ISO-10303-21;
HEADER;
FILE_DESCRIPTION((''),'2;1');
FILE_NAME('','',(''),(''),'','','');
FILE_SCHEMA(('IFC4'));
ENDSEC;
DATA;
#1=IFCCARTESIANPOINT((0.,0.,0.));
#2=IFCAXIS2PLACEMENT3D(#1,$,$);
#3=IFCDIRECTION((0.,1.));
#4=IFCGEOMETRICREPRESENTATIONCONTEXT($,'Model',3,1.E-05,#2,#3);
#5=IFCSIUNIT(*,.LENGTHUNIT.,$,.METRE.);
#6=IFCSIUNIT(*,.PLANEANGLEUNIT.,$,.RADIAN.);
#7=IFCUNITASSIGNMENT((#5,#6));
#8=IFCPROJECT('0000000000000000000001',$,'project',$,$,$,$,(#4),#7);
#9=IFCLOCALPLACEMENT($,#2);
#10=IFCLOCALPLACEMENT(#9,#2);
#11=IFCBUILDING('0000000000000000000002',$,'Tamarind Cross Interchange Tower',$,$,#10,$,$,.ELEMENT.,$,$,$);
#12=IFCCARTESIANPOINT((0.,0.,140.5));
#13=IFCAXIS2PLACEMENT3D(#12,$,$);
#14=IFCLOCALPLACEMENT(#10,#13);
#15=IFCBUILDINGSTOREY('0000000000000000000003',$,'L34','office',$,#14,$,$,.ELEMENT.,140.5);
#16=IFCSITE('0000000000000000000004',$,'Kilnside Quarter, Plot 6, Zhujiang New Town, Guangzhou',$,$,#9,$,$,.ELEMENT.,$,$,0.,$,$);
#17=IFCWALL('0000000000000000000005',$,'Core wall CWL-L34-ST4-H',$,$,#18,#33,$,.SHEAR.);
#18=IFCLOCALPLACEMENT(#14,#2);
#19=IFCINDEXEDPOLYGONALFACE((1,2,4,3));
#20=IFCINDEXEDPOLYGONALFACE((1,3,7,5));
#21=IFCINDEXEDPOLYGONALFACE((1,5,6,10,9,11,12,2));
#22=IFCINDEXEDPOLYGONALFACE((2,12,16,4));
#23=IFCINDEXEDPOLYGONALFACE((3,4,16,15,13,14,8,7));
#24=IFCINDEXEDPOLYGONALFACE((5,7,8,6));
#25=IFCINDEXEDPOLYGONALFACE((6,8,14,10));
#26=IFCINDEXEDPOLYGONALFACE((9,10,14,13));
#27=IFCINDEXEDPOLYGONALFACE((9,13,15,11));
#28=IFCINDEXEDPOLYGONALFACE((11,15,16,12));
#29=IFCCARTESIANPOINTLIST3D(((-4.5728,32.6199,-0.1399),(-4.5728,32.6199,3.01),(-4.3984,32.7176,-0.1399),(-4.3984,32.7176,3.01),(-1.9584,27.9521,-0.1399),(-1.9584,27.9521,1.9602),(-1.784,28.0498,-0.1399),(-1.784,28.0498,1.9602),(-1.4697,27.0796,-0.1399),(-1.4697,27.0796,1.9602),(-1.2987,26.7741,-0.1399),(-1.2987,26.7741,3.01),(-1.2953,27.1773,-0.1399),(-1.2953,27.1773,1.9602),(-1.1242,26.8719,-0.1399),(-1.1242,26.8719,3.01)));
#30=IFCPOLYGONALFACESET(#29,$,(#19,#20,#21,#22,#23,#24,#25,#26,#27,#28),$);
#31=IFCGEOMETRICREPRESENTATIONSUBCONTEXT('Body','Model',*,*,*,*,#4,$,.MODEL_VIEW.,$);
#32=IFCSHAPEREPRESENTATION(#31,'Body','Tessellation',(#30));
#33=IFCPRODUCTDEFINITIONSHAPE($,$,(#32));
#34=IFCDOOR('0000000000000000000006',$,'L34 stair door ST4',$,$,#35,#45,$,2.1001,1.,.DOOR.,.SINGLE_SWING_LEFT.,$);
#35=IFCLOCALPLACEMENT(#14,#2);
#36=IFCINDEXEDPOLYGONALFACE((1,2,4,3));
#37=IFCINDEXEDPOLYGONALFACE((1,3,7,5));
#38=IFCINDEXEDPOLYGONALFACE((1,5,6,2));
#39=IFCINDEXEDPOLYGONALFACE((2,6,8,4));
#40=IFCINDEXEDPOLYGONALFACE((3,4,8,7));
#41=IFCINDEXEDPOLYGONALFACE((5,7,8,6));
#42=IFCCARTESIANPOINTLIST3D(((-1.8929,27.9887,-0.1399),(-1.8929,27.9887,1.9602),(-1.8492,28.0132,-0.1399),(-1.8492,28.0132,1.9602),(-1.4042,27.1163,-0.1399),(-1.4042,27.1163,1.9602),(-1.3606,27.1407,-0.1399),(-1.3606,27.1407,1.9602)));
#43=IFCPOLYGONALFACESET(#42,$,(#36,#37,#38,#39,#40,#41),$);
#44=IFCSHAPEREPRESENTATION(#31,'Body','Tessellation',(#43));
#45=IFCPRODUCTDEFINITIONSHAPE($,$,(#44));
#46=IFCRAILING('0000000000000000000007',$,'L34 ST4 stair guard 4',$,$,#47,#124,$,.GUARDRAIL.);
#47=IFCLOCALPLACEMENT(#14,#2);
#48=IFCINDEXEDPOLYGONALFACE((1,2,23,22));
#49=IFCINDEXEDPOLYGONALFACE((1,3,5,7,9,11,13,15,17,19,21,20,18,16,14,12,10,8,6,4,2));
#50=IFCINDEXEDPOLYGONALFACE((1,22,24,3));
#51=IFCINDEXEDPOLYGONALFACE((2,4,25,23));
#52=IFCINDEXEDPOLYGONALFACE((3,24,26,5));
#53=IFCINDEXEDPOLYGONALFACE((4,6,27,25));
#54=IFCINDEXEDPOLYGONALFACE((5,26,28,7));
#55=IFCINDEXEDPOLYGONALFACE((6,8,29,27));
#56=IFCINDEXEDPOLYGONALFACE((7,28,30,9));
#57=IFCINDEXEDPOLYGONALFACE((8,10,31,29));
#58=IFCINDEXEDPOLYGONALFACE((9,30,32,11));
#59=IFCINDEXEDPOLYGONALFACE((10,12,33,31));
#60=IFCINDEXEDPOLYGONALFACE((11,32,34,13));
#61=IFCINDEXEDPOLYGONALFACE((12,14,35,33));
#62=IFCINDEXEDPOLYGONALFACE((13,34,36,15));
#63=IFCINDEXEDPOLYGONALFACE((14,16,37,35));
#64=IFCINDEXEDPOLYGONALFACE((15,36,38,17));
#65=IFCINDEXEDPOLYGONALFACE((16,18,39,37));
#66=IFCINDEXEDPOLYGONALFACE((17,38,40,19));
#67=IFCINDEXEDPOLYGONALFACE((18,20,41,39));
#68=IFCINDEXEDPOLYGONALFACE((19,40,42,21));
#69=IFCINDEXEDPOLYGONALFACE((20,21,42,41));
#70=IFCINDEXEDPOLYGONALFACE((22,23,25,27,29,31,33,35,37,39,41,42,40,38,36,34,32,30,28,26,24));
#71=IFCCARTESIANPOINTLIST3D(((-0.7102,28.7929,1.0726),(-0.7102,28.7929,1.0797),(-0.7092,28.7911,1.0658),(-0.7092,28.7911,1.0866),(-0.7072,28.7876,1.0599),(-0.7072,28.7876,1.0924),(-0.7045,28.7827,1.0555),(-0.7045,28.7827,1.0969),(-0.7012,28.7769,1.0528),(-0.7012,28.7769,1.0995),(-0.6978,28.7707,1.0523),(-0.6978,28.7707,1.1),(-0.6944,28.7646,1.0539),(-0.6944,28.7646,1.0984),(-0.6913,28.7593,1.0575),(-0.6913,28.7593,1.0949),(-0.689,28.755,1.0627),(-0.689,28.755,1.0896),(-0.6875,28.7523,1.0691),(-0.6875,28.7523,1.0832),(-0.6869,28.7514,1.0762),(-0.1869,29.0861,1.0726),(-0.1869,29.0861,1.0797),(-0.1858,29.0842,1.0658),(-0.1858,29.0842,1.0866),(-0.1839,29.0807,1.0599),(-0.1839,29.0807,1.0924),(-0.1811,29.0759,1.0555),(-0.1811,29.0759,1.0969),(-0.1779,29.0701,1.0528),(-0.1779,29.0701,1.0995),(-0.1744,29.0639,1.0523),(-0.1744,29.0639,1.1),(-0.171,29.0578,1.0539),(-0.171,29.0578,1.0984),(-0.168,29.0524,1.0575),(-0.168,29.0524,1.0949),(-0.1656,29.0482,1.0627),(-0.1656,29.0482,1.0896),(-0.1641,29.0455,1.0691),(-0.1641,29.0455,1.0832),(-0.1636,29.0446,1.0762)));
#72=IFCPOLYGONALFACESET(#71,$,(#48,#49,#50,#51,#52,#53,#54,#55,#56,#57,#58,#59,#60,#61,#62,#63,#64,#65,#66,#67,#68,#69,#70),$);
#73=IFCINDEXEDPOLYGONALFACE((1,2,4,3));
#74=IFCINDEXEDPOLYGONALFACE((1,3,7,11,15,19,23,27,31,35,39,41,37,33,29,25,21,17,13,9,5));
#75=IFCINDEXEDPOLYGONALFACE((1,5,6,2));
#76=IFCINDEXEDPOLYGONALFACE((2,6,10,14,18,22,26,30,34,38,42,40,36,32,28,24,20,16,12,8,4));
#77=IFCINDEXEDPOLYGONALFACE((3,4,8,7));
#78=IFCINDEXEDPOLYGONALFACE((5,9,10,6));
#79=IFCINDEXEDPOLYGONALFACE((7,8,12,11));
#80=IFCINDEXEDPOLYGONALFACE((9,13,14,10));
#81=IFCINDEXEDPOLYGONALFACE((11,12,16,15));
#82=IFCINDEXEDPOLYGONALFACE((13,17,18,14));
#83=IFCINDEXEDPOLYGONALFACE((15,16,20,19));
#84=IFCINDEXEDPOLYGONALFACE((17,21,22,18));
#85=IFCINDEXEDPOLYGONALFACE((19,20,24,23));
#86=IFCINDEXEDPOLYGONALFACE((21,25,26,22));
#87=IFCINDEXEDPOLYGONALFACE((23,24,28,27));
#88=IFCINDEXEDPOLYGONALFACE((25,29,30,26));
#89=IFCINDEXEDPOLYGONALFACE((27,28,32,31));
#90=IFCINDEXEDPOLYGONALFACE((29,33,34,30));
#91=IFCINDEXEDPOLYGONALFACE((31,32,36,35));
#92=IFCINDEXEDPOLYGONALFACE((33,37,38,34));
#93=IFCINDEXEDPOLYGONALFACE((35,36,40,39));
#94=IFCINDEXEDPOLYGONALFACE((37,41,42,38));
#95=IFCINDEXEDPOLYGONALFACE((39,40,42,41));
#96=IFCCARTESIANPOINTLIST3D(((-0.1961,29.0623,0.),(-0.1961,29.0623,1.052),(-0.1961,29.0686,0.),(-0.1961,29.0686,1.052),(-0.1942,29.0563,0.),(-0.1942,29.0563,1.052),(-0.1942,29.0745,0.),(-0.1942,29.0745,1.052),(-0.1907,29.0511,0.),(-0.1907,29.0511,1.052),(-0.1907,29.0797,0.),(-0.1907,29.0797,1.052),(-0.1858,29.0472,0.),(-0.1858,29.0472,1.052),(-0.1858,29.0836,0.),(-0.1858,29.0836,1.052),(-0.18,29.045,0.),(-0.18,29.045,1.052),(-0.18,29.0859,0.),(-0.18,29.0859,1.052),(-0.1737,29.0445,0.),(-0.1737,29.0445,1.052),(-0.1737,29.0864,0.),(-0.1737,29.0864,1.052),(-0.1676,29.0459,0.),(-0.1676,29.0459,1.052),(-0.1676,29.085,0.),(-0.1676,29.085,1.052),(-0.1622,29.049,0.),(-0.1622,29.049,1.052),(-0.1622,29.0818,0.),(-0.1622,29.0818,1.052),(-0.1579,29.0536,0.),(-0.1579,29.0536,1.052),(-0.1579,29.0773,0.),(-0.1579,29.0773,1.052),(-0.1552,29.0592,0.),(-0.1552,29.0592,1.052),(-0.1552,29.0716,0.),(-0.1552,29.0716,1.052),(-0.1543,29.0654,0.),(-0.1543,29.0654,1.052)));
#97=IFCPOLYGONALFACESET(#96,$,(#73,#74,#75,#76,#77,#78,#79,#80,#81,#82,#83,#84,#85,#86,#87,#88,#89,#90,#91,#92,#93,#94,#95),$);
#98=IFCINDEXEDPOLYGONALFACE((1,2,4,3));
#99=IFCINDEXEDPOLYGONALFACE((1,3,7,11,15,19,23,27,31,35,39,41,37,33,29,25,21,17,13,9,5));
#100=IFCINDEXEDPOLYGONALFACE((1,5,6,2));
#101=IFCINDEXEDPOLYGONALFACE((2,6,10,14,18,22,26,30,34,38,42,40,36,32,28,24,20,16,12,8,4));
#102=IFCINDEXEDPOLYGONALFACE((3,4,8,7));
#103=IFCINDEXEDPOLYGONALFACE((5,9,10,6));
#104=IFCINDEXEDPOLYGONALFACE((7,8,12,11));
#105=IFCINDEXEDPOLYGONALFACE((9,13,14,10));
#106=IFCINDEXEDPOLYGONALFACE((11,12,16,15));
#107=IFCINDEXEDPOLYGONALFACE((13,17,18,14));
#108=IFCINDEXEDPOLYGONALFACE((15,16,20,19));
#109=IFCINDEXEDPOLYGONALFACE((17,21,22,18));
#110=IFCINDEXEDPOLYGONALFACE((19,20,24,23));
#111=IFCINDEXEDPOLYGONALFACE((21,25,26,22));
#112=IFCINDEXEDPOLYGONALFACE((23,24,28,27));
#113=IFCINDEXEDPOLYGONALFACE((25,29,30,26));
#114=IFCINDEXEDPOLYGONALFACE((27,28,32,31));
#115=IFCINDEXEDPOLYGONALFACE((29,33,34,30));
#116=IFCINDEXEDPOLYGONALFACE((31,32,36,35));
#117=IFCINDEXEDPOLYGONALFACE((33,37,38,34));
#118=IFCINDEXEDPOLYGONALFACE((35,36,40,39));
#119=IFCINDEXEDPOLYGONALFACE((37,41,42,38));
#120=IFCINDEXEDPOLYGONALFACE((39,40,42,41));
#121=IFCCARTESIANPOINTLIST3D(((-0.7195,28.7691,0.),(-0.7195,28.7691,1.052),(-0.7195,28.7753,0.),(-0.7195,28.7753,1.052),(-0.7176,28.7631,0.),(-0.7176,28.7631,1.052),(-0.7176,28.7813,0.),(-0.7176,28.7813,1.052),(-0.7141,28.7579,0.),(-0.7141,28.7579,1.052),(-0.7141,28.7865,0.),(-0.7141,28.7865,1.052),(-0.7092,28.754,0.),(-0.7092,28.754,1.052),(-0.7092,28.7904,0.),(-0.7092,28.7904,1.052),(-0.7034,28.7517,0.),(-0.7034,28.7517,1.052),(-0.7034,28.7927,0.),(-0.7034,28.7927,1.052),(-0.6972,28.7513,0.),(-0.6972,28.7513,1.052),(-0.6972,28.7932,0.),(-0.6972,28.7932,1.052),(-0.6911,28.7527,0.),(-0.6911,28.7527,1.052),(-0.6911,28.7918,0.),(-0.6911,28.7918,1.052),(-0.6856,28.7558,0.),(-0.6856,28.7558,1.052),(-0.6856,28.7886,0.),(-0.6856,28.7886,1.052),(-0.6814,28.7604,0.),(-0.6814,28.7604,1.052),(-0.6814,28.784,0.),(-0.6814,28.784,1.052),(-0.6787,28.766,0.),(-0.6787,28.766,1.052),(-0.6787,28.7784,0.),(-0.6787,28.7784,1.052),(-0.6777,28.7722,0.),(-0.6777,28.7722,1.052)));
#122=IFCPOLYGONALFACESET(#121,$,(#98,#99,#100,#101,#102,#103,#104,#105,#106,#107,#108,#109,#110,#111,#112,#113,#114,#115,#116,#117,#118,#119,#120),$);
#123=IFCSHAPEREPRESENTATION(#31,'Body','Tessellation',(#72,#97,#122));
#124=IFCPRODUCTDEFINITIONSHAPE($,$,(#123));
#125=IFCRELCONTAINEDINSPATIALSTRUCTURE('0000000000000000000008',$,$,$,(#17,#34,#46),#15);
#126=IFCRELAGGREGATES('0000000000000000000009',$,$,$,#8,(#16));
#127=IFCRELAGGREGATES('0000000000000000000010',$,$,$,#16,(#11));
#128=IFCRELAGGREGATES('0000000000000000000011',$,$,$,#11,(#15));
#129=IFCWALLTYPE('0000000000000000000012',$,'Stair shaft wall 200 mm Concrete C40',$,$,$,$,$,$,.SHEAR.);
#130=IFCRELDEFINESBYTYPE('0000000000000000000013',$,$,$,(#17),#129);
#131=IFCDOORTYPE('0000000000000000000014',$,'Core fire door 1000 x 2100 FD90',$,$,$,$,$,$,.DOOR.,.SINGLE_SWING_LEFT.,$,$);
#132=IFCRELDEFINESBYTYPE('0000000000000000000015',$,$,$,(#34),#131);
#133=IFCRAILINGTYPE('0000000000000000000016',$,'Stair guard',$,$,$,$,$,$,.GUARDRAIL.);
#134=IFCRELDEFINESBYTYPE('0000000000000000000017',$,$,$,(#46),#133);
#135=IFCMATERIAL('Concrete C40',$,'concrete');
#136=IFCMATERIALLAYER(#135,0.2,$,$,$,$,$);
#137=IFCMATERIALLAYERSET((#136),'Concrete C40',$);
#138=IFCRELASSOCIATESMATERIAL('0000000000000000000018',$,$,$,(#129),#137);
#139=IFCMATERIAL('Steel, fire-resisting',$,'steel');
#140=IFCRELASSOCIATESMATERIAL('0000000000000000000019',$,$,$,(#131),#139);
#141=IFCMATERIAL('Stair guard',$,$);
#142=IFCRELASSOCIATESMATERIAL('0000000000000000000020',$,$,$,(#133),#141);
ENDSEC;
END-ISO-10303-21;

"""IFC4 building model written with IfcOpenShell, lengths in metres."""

from ifc_helpers import new_model, si_unit, direction, frame, frame_2d, origin, origin_2d, place, context, subcontext, project, spatial, rectangle, circle, extrude, material, layer, layer_set, type_object, element, fill, save


model = new_model("IFC4")

# Units and contexts
model_context = context("Model", 3, precision=1e-05, world=origin(), true_north=direction((0.0, 1.0)))
body_context = subcontext(model_context, "Body", "Model", "MODEL_VIEW")
ifc_project = project(units=[si_unit("LENGTHUNIT", "METRE"), si_unit("PLANEANGLEUNIT", "RADIAN")], contexts=[model_context])

# Site, building, storey
site_placement = place(None, origin())
site = spatial("IfcSite", under=ifc_project, at=site_placement, Name="Kilnside Quarter, Plot 6, Zhujiang New Town, Guangzhou", CompositionType="ELEMENT", RefElevation=0.0)
building_placement = place(site_placement, origin())
building = spatial("IfcBuilding", under=site, at=building_placement, Name="Tamarind Cross Interchange Tower", CompositionType="ELEMENT")
storey_placement = place(building_placement, frame((0.0, 0.0, 140.5)))
storey = spatial("IfcBuildingStorey", under=building, at=storey_placement, Name="L34", Description="office", CompositionType="ELEMENT", Elevation=140.5)

# Wall, opening, door
ifc_material_1 = material(Name="Concrete C40", Category="concrete")
ifc_layer_1 = layer(ifc_material_1, 0.2)
ifc_layer_set_1 = layer_set([ifc_layer_1], Name="Concrete C40")
wall_type_1 = type_object("IfcWallType", Name="Stair shaft wall 200 mm Concrete C40", PredefinedType="SHEAR", material=ifc_layer_set_1)
wall_1_placement = place(storey_placement, frame((-1.2114, 26.823, -0.1399), z_axis=(0.0, 0.0, 1.0), x_axis=(-0.488669, 0.872469, 0.0)))
wall_1 = element("IfcWall", 1, at=wall_1_placement, inside=storey, type_object=wall_type_1, Name="Core wall CWL-L34-ST4-H", PredefinedType="SHEAR", context=body_context, shape_type="SweptSolid", body=[
    extrude(rectangle(XDim=6.7002, YDim=0.2, at=frame_2d((3.3501, 0.0))), origin(), (0.0, 0.0, 1.0), 3.1499),
])
opening_1_placement = place(wall_1_placement, frame((0.3501, 0.0, 0.0)))
opening_1 = element("IfcOpeningElement", 2, at=opening_1_placement, cuts=wall_1, PredefinedType="OPENING", context=body_context, shape_type="SweptSolid", body=[
    extrude(rectangle(XDim=1.0, YDim=2.1001, at=frame_2d((0.5, 1.05))), frame((0.0, 0.1099, 0.0), z_axis=(0.0, -1.0, 0.0), x_axis=(1.0, 0.0, 0.0)), (0.0, 0.0, 1.0), 0.22),
])
ifc_material_2 = material(Name="Steel, fire-resisting", Category="steel")
door_type_1 = type_object("IfcDoorType", Name="Core fire door 1000 x 2100 FD90", OperationType="SINGLE_SWING_LEFT", PredefinedType="DOOR", material=ifc_material_2)
door_1_placement = place(opening_1_placement, origin())
door_1 = element("IfcDoor", 3, at=door_1_placement, inside=storey, type_object=door_type_1, Name="L34 stair door ST4", OperationType="SINGLE_SWING_LEFT", OverallHeight=2.1001, OverallWidth=1.0, PredefinedType="DOOR", context=body_context, shape_type="SweptSolid", body=[
    extrude(rectangle(XDim=1.0, YDim=2.1001, at=frame_2d((0.5, 1.05))), frame((0.0, 0.0249, 0.0), z_axis=(0.0, -1.0, 0.0), x_axis=(1.0, 0.0, 0.0)), (0.0, 0.0, 1.0), 0.05),
])
fill(opening_1, door_1)

# Railing
ifc_material_3 = material(Name="Stair guard")
railing_type = type_object("IfcRailingType", Name="Stair guard", PredefinedType="GUARDRAIL", material=ifc_material_3)
railing_placement = place(storey_placement, frame((-0.1753, 29.0654, 0.0)))
element("IfcRailing", 4, at=railing_placement, inside=storey, type_object=railing_type, Name="L34 ST4 stair guard 4", PredefinedType="GUARDRAIL", context=body_context, shape_type="SweptSolid", body=[
    extrude(circle(Radius=0.0239, at=origin_2d()), frame((0.0, 0.0, 1.0762), z_axis=(-0.872444, -0.488715, 0.0), x_axis=(0.488715, -0.872444, 0.0)), (0.0, 0.0, 1.0), 0.5999),
    extrude(circle(Radius=0.021, at=origin_2d()), origin(), (0.0, 0.0, 1.0), 1.052),
    extrude(circle(Radius=0.021, at=origin_2d()), frame((-0.5234, -0.2932, 0.0)), (0.0, 0.0, 1.0), 1.052),
])

save(model, "model.ifc")
